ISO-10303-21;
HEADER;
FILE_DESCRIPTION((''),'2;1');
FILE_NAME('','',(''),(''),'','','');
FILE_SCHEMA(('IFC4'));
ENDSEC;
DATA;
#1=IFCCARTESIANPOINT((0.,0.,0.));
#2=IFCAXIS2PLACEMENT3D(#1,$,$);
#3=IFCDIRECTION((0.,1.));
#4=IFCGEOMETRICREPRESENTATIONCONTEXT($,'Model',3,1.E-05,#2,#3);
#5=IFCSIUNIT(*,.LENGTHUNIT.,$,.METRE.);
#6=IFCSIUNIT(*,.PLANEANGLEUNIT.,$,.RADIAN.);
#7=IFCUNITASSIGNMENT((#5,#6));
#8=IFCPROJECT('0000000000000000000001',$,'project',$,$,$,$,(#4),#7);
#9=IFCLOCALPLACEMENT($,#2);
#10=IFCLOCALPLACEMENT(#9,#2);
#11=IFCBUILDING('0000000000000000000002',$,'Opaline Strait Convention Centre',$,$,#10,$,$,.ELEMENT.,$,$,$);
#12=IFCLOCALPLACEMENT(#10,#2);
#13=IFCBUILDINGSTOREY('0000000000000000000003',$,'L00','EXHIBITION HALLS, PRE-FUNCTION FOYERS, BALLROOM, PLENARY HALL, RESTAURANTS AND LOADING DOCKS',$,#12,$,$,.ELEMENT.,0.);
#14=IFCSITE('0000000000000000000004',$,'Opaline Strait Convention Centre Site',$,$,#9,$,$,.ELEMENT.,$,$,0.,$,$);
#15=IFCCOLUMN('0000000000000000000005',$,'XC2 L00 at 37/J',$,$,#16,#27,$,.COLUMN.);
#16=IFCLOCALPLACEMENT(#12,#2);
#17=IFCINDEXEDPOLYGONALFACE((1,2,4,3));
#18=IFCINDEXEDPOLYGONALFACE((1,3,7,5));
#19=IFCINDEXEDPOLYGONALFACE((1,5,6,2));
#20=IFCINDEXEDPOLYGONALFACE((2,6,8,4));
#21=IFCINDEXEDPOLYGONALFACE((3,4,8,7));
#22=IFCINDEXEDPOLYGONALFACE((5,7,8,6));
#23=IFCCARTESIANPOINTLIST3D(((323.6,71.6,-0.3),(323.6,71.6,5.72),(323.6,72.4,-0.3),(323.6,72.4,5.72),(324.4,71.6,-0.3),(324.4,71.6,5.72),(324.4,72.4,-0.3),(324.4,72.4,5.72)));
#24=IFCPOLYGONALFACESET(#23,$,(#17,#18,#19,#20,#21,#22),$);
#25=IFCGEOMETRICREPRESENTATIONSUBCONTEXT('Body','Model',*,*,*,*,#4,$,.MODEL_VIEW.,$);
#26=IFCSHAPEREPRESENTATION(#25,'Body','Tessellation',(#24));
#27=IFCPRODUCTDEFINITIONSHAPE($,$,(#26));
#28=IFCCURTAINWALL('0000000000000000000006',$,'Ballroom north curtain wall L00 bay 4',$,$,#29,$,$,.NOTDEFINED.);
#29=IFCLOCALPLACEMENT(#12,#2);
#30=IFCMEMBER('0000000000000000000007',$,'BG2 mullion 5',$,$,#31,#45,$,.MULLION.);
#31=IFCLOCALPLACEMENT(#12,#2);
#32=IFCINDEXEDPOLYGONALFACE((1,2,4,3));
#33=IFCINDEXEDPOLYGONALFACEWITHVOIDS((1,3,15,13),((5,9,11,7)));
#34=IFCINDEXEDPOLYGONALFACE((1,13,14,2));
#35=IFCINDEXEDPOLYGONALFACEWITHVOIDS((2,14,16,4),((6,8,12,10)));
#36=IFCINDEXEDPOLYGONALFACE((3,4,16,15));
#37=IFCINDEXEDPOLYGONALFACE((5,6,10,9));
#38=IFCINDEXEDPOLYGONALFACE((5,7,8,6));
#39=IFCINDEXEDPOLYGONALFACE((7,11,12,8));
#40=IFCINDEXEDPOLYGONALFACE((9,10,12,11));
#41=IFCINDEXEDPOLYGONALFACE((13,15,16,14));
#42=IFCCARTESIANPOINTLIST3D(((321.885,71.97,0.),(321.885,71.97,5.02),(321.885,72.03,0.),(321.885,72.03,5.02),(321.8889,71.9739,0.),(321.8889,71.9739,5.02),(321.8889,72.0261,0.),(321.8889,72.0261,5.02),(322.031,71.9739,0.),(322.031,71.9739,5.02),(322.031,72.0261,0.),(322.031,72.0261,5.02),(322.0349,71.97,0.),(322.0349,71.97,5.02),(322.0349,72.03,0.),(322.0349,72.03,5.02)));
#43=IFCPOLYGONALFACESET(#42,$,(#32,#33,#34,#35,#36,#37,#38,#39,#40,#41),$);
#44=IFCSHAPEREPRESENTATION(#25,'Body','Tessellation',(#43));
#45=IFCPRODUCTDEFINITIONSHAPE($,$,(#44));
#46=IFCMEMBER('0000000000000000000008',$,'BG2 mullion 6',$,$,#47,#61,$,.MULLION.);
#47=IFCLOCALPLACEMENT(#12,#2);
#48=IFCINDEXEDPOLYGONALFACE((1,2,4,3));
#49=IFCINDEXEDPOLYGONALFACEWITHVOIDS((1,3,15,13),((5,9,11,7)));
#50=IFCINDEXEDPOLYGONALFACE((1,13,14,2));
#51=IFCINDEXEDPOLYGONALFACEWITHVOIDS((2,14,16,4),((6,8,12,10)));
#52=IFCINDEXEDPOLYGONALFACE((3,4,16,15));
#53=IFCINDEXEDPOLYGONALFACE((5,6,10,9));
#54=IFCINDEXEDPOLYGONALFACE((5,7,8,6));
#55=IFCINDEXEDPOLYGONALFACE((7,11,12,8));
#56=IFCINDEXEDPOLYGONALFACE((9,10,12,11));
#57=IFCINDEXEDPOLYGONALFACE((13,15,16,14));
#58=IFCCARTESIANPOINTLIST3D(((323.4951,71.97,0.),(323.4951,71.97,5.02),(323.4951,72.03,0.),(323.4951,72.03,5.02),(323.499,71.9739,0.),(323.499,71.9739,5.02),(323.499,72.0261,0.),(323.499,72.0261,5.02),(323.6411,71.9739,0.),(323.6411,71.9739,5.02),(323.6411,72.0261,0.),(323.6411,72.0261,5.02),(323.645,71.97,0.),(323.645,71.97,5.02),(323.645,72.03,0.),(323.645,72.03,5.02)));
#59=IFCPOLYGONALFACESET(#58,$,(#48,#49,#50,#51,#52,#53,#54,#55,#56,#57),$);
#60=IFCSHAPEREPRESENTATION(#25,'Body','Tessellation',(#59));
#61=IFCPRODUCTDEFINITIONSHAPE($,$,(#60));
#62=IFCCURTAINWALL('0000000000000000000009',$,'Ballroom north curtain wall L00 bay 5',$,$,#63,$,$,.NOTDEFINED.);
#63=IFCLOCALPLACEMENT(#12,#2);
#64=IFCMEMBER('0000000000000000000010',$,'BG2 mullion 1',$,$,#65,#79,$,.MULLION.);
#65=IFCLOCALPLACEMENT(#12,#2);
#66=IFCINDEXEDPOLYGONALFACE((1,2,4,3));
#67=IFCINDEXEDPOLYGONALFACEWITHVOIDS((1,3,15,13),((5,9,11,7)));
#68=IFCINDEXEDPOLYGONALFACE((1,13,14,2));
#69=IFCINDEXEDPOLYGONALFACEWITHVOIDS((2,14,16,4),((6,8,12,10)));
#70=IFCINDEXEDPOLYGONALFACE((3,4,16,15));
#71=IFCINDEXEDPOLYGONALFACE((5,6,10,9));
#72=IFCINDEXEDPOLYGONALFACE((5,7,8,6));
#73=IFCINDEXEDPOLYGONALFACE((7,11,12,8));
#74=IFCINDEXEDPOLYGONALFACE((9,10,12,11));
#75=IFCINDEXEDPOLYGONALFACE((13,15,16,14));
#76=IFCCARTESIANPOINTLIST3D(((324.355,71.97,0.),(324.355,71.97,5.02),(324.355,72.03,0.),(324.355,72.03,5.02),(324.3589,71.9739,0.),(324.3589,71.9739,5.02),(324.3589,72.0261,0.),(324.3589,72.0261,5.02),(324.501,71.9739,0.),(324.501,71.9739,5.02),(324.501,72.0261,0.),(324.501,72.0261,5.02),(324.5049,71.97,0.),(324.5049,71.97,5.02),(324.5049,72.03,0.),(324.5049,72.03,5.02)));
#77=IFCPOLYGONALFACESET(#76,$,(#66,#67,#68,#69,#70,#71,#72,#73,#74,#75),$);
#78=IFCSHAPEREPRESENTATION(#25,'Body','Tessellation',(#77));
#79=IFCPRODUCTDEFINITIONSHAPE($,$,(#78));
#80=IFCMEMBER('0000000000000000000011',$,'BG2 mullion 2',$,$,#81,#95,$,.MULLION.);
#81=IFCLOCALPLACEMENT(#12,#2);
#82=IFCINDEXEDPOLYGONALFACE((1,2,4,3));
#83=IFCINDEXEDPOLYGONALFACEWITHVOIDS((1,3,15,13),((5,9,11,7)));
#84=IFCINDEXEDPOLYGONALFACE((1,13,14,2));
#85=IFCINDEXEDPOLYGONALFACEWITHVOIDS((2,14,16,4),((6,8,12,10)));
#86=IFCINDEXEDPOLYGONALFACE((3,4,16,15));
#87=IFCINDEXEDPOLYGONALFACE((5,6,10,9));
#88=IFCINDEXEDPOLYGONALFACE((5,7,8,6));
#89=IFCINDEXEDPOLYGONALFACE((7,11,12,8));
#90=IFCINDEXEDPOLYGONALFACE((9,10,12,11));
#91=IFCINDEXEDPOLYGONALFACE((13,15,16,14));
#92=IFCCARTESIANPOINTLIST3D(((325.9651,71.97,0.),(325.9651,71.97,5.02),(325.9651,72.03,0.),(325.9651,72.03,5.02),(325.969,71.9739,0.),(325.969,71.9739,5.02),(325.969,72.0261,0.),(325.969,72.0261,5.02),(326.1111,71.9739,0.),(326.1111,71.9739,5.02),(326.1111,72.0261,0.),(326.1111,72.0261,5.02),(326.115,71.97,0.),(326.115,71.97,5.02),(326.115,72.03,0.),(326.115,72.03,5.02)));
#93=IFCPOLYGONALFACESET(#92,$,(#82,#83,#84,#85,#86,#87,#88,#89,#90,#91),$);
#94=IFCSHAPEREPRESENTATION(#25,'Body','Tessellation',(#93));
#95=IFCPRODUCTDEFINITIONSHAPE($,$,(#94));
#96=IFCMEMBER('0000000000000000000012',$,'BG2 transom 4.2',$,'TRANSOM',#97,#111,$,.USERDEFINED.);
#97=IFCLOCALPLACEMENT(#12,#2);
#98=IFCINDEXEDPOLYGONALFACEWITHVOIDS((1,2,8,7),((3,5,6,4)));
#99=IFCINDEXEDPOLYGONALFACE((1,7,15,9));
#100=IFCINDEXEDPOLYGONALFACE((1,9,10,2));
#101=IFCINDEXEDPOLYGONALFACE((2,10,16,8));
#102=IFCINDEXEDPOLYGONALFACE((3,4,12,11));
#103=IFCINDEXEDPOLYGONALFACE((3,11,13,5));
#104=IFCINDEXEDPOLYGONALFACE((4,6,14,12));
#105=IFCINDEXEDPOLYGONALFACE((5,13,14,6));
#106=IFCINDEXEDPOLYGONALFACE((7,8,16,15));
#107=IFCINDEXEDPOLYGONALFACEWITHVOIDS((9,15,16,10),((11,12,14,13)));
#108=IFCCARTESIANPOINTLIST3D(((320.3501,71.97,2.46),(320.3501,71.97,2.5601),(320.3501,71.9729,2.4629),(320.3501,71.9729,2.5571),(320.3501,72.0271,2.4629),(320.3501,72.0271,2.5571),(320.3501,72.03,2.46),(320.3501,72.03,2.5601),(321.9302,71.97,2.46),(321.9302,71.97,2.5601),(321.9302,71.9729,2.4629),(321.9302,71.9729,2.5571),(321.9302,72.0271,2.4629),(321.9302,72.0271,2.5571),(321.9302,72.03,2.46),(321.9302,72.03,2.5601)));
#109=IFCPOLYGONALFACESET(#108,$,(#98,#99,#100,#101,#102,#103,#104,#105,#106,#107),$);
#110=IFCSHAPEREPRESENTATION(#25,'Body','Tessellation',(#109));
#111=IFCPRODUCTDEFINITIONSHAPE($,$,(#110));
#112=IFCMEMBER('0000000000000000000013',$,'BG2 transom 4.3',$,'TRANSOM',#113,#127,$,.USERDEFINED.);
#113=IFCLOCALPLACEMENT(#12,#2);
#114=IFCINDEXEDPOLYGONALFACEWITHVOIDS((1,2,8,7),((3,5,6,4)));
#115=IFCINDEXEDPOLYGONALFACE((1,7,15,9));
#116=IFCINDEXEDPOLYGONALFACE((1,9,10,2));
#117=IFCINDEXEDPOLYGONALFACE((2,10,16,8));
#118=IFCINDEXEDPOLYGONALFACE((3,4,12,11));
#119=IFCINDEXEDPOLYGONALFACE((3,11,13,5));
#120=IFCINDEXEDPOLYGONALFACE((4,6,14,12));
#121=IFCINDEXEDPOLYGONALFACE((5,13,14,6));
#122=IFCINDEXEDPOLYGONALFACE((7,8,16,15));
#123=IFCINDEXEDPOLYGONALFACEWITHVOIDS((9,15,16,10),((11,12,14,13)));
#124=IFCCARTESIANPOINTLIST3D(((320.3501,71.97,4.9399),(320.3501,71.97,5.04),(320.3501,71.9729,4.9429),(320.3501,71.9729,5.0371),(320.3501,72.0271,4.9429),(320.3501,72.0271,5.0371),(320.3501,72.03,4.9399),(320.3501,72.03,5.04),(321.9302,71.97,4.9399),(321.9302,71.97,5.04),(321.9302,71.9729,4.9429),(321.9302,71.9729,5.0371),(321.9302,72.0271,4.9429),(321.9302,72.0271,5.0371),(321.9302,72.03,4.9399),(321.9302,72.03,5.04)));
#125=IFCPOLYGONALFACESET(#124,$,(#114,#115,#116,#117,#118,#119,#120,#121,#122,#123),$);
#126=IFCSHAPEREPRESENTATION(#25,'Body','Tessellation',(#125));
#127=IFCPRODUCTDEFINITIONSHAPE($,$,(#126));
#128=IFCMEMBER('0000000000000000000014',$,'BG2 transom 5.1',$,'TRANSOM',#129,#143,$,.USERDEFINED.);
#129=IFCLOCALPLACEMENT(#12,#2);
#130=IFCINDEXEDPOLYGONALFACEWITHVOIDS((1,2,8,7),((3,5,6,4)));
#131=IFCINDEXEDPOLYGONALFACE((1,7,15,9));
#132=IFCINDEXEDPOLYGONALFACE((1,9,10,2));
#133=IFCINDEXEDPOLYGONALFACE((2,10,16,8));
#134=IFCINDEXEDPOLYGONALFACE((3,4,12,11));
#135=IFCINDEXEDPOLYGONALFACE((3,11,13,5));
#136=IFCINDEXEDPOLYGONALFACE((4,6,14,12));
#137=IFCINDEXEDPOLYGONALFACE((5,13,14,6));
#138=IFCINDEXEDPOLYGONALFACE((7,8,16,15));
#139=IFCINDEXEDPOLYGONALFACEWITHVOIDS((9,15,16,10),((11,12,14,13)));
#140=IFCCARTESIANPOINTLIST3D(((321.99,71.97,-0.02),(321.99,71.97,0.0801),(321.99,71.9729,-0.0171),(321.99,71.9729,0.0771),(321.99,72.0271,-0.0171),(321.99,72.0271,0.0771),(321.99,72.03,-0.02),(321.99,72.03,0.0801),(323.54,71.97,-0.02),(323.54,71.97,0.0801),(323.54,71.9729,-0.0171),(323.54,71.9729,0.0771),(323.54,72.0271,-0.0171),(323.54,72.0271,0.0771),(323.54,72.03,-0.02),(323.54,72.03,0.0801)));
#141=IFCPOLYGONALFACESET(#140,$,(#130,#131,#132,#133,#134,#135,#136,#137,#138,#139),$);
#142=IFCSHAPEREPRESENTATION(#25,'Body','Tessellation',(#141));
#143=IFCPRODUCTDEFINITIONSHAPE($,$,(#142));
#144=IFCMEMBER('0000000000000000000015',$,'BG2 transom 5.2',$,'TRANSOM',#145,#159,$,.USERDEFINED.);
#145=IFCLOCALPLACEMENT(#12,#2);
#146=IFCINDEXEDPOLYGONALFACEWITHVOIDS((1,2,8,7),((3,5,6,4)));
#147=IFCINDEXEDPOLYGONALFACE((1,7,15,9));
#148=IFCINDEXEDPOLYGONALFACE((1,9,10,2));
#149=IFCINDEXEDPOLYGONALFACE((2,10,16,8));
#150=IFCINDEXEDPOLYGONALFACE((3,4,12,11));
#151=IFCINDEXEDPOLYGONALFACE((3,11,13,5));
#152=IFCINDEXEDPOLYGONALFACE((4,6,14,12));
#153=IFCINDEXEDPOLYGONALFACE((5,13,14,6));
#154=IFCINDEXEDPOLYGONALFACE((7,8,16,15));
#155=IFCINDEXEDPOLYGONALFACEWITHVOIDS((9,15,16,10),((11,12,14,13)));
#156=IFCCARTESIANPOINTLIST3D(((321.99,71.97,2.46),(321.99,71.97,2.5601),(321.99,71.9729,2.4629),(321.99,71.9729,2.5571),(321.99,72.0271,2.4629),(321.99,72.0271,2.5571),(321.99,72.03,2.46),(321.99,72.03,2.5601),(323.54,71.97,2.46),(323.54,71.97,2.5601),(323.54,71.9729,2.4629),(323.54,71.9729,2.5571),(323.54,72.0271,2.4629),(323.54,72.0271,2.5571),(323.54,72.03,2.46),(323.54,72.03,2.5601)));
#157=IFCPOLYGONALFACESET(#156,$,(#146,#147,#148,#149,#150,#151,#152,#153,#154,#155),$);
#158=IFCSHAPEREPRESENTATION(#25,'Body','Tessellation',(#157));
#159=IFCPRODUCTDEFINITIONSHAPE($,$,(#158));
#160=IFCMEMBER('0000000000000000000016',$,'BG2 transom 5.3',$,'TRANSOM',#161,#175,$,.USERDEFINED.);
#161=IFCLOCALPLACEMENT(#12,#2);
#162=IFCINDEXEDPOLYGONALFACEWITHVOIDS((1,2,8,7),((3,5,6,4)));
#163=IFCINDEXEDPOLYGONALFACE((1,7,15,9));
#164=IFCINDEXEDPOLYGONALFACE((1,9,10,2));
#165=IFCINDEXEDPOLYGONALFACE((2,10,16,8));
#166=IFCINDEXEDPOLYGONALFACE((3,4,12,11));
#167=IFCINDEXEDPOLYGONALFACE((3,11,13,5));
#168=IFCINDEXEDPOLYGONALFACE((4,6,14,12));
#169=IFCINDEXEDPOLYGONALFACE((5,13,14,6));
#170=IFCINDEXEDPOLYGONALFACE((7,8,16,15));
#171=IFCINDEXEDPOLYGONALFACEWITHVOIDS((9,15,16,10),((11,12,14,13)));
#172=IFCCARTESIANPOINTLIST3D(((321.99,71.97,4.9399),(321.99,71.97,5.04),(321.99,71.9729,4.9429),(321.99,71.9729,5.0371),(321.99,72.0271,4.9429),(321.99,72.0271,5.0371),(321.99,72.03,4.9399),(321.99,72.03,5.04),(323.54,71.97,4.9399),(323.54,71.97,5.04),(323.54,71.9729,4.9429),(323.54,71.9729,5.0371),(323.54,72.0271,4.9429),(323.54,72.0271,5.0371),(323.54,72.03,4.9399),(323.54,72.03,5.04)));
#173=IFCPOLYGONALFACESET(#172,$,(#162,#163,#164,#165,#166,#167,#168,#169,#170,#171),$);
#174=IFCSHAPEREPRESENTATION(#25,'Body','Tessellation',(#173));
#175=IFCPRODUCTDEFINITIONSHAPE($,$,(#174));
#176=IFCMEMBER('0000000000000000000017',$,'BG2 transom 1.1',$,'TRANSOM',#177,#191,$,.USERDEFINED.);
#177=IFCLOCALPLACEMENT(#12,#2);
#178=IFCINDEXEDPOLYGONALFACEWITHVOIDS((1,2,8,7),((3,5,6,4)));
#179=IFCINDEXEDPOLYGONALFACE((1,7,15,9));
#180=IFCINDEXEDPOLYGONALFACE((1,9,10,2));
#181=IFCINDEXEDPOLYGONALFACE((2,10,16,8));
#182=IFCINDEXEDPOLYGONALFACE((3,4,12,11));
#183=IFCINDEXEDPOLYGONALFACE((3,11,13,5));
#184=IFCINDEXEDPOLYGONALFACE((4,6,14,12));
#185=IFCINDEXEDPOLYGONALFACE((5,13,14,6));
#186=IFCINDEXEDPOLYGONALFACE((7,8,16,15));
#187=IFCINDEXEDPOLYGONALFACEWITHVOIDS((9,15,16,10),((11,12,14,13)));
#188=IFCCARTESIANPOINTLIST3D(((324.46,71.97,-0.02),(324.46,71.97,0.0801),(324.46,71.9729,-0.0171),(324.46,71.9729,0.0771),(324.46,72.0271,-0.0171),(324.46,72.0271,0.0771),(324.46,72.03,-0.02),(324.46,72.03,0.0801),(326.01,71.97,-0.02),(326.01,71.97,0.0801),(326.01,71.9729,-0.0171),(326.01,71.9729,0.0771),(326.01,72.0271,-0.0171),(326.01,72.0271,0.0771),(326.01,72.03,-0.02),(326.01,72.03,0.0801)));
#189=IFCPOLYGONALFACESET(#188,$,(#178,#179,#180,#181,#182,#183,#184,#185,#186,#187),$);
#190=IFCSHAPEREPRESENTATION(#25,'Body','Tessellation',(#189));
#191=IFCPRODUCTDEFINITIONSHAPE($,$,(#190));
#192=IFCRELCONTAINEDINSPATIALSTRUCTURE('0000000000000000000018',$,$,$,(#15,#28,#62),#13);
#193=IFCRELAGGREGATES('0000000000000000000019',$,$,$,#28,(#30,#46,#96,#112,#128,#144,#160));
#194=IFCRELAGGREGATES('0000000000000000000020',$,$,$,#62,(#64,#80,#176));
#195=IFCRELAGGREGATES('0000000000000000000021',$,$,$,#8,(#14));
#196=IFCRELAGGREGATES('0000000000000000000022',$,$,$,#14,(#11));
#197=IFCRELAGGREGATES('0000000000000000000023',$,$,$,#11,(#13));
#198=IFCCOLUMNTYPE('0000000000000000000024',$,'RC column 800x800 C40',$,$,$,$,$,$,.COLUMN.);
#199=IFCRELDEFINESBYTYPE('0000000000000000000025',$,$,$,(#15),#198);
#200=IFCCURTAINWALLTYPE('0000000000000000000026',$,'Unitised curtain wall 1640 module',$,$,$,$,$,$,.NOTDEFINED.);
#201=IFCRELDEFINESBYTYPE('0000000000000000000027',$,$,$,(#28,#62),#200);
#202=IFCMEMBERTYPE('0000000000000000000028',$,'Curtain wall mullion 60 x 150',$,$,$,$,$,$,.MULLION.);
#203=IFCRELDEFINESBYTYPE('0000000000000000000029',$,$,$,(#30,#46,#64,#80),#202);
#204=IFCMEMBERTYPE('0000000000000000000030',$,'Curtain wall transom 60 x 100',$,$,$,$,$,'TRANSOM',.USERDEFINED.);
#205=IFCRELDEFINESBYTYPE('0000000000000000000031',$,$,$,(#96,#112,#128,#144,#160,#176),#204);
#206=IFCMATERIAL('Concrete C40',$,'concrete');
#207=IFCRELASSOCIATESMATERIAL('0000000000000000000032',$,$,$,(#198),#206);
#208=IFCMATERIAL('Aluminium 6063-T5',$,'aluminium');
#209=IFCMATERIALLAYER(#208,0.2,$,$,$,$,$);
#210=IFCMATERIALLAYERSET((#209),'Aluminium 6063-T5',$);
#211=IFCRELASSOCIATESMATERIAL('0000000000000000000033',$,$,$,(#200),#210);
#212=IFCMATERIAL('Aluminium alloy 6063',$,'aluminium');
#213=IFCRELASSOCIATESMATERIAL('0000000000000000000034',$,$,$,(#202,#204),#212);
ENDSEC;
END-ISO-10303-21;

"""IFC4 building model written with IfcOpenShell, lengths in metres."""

from ifc_helpers import new_model, si_unit, direction, frame, origin, origin_2d, place, context, subcontext, project, spatial, rectangle, hollow_rectangle, extrude, material, layer, layer_set, material_profile, profile_set, type_object, element, aggregate, save


model = new_model("IFC4")

# Units and contexts
model_context = context("Model", 3, precision=1e-05, world=origin(), true_north=direction((0.0, 1.0)))
body_context = subcontext(model_context, "Body", "Model", "MODEL_VIEW")
ifc_project = project(units=[si_unit("LENGTHUNIT", "METRE"), si_unit("PLANEANGLEUNIT", "RADIAN")], contexts=[model_context])

# Site, building, storey
site_placement = place(None, origin())
site = spatial("IfcSite", under=ifc_project, at=site_placement, Name="Opaline Strait Convention Centre Site", CompositionType="ELEMENT", RefElevation=0.0)
building_placement = place(site_placement, origin())
building = spatial("IfcBuilding", under=site, at=building_placement, Name="Opaline Strait Convention Centre", CompositionType="ELEMENT")
storey_placement = place(building_placement, origin())
storey = spatial("IfcBuildingStorey", under=building, at=storey_placement, Name="L00", Description="EXHIBITION HALLS, PRE-FUNCTION FOYERS, BALLROOM, PLENARY HALL, RESTAURANTS AND LOADING DOCKS", CompositionType="ELEMENT", Elevation=0.0)

# Column
ifc_material_1 = material(Name="Concrete C40", Category="concrete")
ifc_material_profile_1 = material_profile(ifc_material_1, rectangle(XDim=0.8, YDim=0.8, at=origin_2d()), Name="RC 800x800")
ifc_profile_set_1 = profile_set([ifc_material_profile_1], Name="Concrete C40")
column_type = type_object("IfcColumnType", Name="RC column 800x800 C40", PredefinedType="COLUMN", material=ifc_profile_set_1)
column_placement = place(storey_placement, frame((324.0, 72.0, -0.3), z_axis=(0.0, 0.0, 1.0), x_axis=(1.0, 0.0, 0.0)))
element("IfcColumn", 1, at=column_placement, inside=storey, type_object=column_type, Name="XC2 L00 at 37/J", PredefinedType="COLUMN", context=body_context, shape_type="SweptSolid", body=[
    extrude(rectangle(XDim=0.8, YDim=0.8, at=origin_2d()), origin(), (0.0, 0.0, 1.0), 6.02),
])

# Curtain walls, members
ifc_material_2 = material(Name="Aluminium 6063-T5", Category="aluminium")
ifc_layer_1 = layer(ifc_material_2, 0.2)
ifc_layer_set_1 = layer_set([ifc_layer_1], Name="Aluminium 6063-T5")
curtain_wall_type = type_object("IfcCurtainWallType", Name="Unitised curtain wall 1640 module", PredefinedType="NOTDEFINED", material=ifc_layer_set_1)
curtain_wall_1_placement = place(storey_placement, origin())
curtain_wall_1 = element("IfcCurtainWall", 2, at=curtain_wall_1_placement, inside=storey, type_object=curtain_wall_type, Name="Ballroom north curtain wall L00 bay 4", PredefinedType="NOTDEFINED")
ifc_material_3 = material(Name="Aluminium alloy 6063", Category="aluminium")
ifc_material_profile_2 = material_profile(ifc_material_3, hollow_rectangle(XDim=0.0601, YDim=0.1499, WallThickness=0.0039, at=origin_2d()), Name="MULLION 60x150x4")
ifc_profile_set_2 = profile_set([ifc_material_profile_2], Name="Aluminium alloy 6063")
member_type_1 = type_object("IfcMemberType", Name="Curtain wall mullion 60 x 150", PredefinedType="MULLION", material=ifc_profile_set_2)
member_1_placement = place(storey_placement, frame((321.96, 72.0, 0.0), z_axis=(0.0, 0.0, 1.0), x_axis=(0.0, 1.0, 0.0)))
member_1 = element("IfcMember", 3, at=member_1_placement, type_object=member_type_1, Name="BG2 mullion 5", PredefinedType="MULLION", context=body_context, shape_type="SweptSolid", body=[
    extrude(hollow_rectangle(XDim=0.0601, YDim=0.1499, WallThickness=0.0039, at=origin_2d()), origin(), (0.0, 0.0, 1.0), 5.02),
])
member_2_placement = place(storey_placement, frame((323.5701, 72.0, 0.0), z_axis=(0.0, 0.0, 1.0), x_axis=(0.0, 1.0, 0.0)))
member_2 = element("IfcMember", 4, at=member_2_placement, type_object=member_type_1, Name="BG2 mullion 6", PredefinedType="MULLION", context=body_context, shape_type="SweptSolid", body=[
    extrude(hollow_rectangle(XDim=0.0601, YDim=0.1499, WallThickness=0.0039, at=origin_2d()), origin(), (0.0, 0.0, 1.0), 5.02),
])
curtain_wall_2_placement = place(storey_placement, origin())
curtain_wall_2 = element("IfcCurtainWall", 5, at=curtain_wall_2_placement, inside=storey, type_object=curtain_wall_type, Name="Ballroom north curtain wall L00 bay 5", PredefinedType="NOTDEFINED")
member_3_placement = place(storey_placement, frame((324.4299, 72.0, 0.0), z_axis=(0.0, 0.0, 1.0), x_axis=(0.0, 1.0, 0.0)))
member_3 = element("IfcMember", 6, at=member_3_placement, type_object=member_type_1, Name="BG2 mullion 1", PredefinedType="MULLION", context=body_context, shape_type="SweptSolid", body=[
    extrude(hollow_rectangle(XDim=0.0601, YDim=0.1499, WallThickness=0.0039, at=origin_2d()), origin(), (0.0, 0.0, 1.0), 5.02),
])
member_4_placement = place(storey_placement, frame((326.04, 72.0, 0.0), z_axis=(0.0, 0.0, 1.0), x_axis=(0.0, 1.0, 0.0)))
member_4 = element("IfcMember", 7, at=member_4_placement, type_object=member_type_1, Name="BG2 mullion 2", PredefinedType="MULLION", context=body_context, shape_type="SweptSolid", body=[
    extrude(hollow_rectangle(XDim=0.0601, YDim=0.1499, WallThickness=0.0039, at=origin_2d()), origin(), (0.0, 0.0, 1.0), 5.02),
])

# Members
ifc_material_profile_3 = material_profile(ifc_material_3, hollow_rectangle(XDim=0.0601, YDim=0.1001, WallThickness=0.0029, at=origin_2d()), Name="TRANSOM 60x100x3")
ifc_profile_set_3 = profile_set([ifc_material_profile_3], Name="Aluminium alloy 6063")
member_type_2 = type_object("IfcMemberType", Name="Curtain wall transom 60 x 100", ElementType="TRANSOM", PredefinedType="USERDEFINED", material=ifc_profile_set_3)
member_5_placement = place(storey_placement, frame((320.3501, 72.0, 2.51), z_axis=(1.0, 0.0, 0.0), x_axis=(0.0, 1.0, 0.0)))
member_5 = element("IfcMember", 8, at=member_5_placement, type_object=member_type_2, Name="BG2 transom 4.2", ObjectType="TRANSOM", PredefinedType="USERDEFINED", context=body_context, shape_type="SweptSolid", body=[
    extrude(hollow_rectangle(XDim=0.0601, YDim=0.1001, WallThickness=0.0029, at=origin_2d()), origin(), (0.0, 0.0, 1.0), 1.5801),
])
member_6_placement = place(storey_placement, frame((320.3501, 72.0, 4.99), z_axis=(1.0, 0.0, 0.0), x_axis=(0.0, 1.0, 0.0)))
member_6 = element("IfcMember", 9, at=member_6_placement, type_object=member_type_2, Name="BG2 transom 4.3", ObjectType="TRANSOM", PredefinedType="USERDEFINED", context=body_context, shape_type="SweptSolid", body=[
    extrude(hollow_rectangle(XDim=0.0601, YDim=0.1001, WallThickness=0.0029, at=origin_2d()), origin(), (0.0, 0.0, 1.0), 1.5801),
])
member_7_placement = place(storey_placement, frame((321.99, 72.0, 0.03), z_axis=(1.0, 0.0, 0.0), x_axis=(0.0, 1.0, 0.0)))
member_7 = element("IfcMember", 10, at=member_7_placement, type_object=member_type_2, Name="BG2 transom 5.1", ObjectType="TRANSOM", PredefinedType="USERDEFINED", context=body_context, shape_type="SweptSolid", body=[
    extrude(hollow_rectangle(XDim=0.0601, YDim=0.1001, WallThickness=0.0029, at=origin_2d()), origin(), (0.0, 0.0, 1.0), 1.55),
])
member_8_placement = place(storey_placement, frame((321.99, 72.0, 2.51), z_axis=(1.0, 0.0, 0.0), x_axis=(0.0, 1.0, 0.0)))
member_8 = element("IfcMember", 11, at=member_8_placement, type_object=member_type_2, Name="BG2 transom 5.2", ObjectType="TRANSOM", PredefinedType="USERDEFINED", context=body_context, shape_type="SweptSolid", body=[
    extrude(hollow_rectangle(XDim=0.0601, YDim=0.1001, WallThickness=0.0029, at=origin_2d()), origin(), (0.0, 0.0, 1.0), 1.55),
])
member_9_placement = place(storey_placement, frame((321.99, 72.0, 4.99), z_axis=(1.0, 0.0, 0.0), x_axis=(0.0, 1.0, 0.0)))
member_9 = element("IfcMember", 12, at=member_9_placement, type_object=member_type_2, Name="BG2 transom 5.3", ObjectType="TRANSOM", PredefinedType="USERDEFINED", context=body_context, shape_type="SweptSolid", body=[
    extrude(hollow_rectangle(XDim=0.0601, YDim=0.1001, WallThickness=0.0029, at=origin_2d()), origin(), (0.0, 0.0, 1.0), 1.55),
])
member_10_placement = place(storey_placement, frame((324.46, 72.0, 0.03), z_axis=(1.0, 0.0, 0.0), x_axis=(0.0, 1.0, 0.0)))
member_10 = element("IfcMember", 13, at=member_10_placement, type_object=member_type_2, Name="BG2 transom 1.1", ObjectType="TRANSOM", PredefinedType="USERDEFINED", context=body_context, shape_type="SweptSolid", body=[
    extrude(hollow_rectangle(XDim=0.0601, YDim=0.1001, WallThickness=0.0029, at=origin_2d()), origin(), (0.0, 0.0, 1.0), 1.55),
])

aggregate(curtain_wall_1, [member_1, member_2, member_5, member_6, member_7, member_8, member_9])
aggregate(curtain_wall_2, [member_3, member_4, member_10])

save(model, "model.ifc")
